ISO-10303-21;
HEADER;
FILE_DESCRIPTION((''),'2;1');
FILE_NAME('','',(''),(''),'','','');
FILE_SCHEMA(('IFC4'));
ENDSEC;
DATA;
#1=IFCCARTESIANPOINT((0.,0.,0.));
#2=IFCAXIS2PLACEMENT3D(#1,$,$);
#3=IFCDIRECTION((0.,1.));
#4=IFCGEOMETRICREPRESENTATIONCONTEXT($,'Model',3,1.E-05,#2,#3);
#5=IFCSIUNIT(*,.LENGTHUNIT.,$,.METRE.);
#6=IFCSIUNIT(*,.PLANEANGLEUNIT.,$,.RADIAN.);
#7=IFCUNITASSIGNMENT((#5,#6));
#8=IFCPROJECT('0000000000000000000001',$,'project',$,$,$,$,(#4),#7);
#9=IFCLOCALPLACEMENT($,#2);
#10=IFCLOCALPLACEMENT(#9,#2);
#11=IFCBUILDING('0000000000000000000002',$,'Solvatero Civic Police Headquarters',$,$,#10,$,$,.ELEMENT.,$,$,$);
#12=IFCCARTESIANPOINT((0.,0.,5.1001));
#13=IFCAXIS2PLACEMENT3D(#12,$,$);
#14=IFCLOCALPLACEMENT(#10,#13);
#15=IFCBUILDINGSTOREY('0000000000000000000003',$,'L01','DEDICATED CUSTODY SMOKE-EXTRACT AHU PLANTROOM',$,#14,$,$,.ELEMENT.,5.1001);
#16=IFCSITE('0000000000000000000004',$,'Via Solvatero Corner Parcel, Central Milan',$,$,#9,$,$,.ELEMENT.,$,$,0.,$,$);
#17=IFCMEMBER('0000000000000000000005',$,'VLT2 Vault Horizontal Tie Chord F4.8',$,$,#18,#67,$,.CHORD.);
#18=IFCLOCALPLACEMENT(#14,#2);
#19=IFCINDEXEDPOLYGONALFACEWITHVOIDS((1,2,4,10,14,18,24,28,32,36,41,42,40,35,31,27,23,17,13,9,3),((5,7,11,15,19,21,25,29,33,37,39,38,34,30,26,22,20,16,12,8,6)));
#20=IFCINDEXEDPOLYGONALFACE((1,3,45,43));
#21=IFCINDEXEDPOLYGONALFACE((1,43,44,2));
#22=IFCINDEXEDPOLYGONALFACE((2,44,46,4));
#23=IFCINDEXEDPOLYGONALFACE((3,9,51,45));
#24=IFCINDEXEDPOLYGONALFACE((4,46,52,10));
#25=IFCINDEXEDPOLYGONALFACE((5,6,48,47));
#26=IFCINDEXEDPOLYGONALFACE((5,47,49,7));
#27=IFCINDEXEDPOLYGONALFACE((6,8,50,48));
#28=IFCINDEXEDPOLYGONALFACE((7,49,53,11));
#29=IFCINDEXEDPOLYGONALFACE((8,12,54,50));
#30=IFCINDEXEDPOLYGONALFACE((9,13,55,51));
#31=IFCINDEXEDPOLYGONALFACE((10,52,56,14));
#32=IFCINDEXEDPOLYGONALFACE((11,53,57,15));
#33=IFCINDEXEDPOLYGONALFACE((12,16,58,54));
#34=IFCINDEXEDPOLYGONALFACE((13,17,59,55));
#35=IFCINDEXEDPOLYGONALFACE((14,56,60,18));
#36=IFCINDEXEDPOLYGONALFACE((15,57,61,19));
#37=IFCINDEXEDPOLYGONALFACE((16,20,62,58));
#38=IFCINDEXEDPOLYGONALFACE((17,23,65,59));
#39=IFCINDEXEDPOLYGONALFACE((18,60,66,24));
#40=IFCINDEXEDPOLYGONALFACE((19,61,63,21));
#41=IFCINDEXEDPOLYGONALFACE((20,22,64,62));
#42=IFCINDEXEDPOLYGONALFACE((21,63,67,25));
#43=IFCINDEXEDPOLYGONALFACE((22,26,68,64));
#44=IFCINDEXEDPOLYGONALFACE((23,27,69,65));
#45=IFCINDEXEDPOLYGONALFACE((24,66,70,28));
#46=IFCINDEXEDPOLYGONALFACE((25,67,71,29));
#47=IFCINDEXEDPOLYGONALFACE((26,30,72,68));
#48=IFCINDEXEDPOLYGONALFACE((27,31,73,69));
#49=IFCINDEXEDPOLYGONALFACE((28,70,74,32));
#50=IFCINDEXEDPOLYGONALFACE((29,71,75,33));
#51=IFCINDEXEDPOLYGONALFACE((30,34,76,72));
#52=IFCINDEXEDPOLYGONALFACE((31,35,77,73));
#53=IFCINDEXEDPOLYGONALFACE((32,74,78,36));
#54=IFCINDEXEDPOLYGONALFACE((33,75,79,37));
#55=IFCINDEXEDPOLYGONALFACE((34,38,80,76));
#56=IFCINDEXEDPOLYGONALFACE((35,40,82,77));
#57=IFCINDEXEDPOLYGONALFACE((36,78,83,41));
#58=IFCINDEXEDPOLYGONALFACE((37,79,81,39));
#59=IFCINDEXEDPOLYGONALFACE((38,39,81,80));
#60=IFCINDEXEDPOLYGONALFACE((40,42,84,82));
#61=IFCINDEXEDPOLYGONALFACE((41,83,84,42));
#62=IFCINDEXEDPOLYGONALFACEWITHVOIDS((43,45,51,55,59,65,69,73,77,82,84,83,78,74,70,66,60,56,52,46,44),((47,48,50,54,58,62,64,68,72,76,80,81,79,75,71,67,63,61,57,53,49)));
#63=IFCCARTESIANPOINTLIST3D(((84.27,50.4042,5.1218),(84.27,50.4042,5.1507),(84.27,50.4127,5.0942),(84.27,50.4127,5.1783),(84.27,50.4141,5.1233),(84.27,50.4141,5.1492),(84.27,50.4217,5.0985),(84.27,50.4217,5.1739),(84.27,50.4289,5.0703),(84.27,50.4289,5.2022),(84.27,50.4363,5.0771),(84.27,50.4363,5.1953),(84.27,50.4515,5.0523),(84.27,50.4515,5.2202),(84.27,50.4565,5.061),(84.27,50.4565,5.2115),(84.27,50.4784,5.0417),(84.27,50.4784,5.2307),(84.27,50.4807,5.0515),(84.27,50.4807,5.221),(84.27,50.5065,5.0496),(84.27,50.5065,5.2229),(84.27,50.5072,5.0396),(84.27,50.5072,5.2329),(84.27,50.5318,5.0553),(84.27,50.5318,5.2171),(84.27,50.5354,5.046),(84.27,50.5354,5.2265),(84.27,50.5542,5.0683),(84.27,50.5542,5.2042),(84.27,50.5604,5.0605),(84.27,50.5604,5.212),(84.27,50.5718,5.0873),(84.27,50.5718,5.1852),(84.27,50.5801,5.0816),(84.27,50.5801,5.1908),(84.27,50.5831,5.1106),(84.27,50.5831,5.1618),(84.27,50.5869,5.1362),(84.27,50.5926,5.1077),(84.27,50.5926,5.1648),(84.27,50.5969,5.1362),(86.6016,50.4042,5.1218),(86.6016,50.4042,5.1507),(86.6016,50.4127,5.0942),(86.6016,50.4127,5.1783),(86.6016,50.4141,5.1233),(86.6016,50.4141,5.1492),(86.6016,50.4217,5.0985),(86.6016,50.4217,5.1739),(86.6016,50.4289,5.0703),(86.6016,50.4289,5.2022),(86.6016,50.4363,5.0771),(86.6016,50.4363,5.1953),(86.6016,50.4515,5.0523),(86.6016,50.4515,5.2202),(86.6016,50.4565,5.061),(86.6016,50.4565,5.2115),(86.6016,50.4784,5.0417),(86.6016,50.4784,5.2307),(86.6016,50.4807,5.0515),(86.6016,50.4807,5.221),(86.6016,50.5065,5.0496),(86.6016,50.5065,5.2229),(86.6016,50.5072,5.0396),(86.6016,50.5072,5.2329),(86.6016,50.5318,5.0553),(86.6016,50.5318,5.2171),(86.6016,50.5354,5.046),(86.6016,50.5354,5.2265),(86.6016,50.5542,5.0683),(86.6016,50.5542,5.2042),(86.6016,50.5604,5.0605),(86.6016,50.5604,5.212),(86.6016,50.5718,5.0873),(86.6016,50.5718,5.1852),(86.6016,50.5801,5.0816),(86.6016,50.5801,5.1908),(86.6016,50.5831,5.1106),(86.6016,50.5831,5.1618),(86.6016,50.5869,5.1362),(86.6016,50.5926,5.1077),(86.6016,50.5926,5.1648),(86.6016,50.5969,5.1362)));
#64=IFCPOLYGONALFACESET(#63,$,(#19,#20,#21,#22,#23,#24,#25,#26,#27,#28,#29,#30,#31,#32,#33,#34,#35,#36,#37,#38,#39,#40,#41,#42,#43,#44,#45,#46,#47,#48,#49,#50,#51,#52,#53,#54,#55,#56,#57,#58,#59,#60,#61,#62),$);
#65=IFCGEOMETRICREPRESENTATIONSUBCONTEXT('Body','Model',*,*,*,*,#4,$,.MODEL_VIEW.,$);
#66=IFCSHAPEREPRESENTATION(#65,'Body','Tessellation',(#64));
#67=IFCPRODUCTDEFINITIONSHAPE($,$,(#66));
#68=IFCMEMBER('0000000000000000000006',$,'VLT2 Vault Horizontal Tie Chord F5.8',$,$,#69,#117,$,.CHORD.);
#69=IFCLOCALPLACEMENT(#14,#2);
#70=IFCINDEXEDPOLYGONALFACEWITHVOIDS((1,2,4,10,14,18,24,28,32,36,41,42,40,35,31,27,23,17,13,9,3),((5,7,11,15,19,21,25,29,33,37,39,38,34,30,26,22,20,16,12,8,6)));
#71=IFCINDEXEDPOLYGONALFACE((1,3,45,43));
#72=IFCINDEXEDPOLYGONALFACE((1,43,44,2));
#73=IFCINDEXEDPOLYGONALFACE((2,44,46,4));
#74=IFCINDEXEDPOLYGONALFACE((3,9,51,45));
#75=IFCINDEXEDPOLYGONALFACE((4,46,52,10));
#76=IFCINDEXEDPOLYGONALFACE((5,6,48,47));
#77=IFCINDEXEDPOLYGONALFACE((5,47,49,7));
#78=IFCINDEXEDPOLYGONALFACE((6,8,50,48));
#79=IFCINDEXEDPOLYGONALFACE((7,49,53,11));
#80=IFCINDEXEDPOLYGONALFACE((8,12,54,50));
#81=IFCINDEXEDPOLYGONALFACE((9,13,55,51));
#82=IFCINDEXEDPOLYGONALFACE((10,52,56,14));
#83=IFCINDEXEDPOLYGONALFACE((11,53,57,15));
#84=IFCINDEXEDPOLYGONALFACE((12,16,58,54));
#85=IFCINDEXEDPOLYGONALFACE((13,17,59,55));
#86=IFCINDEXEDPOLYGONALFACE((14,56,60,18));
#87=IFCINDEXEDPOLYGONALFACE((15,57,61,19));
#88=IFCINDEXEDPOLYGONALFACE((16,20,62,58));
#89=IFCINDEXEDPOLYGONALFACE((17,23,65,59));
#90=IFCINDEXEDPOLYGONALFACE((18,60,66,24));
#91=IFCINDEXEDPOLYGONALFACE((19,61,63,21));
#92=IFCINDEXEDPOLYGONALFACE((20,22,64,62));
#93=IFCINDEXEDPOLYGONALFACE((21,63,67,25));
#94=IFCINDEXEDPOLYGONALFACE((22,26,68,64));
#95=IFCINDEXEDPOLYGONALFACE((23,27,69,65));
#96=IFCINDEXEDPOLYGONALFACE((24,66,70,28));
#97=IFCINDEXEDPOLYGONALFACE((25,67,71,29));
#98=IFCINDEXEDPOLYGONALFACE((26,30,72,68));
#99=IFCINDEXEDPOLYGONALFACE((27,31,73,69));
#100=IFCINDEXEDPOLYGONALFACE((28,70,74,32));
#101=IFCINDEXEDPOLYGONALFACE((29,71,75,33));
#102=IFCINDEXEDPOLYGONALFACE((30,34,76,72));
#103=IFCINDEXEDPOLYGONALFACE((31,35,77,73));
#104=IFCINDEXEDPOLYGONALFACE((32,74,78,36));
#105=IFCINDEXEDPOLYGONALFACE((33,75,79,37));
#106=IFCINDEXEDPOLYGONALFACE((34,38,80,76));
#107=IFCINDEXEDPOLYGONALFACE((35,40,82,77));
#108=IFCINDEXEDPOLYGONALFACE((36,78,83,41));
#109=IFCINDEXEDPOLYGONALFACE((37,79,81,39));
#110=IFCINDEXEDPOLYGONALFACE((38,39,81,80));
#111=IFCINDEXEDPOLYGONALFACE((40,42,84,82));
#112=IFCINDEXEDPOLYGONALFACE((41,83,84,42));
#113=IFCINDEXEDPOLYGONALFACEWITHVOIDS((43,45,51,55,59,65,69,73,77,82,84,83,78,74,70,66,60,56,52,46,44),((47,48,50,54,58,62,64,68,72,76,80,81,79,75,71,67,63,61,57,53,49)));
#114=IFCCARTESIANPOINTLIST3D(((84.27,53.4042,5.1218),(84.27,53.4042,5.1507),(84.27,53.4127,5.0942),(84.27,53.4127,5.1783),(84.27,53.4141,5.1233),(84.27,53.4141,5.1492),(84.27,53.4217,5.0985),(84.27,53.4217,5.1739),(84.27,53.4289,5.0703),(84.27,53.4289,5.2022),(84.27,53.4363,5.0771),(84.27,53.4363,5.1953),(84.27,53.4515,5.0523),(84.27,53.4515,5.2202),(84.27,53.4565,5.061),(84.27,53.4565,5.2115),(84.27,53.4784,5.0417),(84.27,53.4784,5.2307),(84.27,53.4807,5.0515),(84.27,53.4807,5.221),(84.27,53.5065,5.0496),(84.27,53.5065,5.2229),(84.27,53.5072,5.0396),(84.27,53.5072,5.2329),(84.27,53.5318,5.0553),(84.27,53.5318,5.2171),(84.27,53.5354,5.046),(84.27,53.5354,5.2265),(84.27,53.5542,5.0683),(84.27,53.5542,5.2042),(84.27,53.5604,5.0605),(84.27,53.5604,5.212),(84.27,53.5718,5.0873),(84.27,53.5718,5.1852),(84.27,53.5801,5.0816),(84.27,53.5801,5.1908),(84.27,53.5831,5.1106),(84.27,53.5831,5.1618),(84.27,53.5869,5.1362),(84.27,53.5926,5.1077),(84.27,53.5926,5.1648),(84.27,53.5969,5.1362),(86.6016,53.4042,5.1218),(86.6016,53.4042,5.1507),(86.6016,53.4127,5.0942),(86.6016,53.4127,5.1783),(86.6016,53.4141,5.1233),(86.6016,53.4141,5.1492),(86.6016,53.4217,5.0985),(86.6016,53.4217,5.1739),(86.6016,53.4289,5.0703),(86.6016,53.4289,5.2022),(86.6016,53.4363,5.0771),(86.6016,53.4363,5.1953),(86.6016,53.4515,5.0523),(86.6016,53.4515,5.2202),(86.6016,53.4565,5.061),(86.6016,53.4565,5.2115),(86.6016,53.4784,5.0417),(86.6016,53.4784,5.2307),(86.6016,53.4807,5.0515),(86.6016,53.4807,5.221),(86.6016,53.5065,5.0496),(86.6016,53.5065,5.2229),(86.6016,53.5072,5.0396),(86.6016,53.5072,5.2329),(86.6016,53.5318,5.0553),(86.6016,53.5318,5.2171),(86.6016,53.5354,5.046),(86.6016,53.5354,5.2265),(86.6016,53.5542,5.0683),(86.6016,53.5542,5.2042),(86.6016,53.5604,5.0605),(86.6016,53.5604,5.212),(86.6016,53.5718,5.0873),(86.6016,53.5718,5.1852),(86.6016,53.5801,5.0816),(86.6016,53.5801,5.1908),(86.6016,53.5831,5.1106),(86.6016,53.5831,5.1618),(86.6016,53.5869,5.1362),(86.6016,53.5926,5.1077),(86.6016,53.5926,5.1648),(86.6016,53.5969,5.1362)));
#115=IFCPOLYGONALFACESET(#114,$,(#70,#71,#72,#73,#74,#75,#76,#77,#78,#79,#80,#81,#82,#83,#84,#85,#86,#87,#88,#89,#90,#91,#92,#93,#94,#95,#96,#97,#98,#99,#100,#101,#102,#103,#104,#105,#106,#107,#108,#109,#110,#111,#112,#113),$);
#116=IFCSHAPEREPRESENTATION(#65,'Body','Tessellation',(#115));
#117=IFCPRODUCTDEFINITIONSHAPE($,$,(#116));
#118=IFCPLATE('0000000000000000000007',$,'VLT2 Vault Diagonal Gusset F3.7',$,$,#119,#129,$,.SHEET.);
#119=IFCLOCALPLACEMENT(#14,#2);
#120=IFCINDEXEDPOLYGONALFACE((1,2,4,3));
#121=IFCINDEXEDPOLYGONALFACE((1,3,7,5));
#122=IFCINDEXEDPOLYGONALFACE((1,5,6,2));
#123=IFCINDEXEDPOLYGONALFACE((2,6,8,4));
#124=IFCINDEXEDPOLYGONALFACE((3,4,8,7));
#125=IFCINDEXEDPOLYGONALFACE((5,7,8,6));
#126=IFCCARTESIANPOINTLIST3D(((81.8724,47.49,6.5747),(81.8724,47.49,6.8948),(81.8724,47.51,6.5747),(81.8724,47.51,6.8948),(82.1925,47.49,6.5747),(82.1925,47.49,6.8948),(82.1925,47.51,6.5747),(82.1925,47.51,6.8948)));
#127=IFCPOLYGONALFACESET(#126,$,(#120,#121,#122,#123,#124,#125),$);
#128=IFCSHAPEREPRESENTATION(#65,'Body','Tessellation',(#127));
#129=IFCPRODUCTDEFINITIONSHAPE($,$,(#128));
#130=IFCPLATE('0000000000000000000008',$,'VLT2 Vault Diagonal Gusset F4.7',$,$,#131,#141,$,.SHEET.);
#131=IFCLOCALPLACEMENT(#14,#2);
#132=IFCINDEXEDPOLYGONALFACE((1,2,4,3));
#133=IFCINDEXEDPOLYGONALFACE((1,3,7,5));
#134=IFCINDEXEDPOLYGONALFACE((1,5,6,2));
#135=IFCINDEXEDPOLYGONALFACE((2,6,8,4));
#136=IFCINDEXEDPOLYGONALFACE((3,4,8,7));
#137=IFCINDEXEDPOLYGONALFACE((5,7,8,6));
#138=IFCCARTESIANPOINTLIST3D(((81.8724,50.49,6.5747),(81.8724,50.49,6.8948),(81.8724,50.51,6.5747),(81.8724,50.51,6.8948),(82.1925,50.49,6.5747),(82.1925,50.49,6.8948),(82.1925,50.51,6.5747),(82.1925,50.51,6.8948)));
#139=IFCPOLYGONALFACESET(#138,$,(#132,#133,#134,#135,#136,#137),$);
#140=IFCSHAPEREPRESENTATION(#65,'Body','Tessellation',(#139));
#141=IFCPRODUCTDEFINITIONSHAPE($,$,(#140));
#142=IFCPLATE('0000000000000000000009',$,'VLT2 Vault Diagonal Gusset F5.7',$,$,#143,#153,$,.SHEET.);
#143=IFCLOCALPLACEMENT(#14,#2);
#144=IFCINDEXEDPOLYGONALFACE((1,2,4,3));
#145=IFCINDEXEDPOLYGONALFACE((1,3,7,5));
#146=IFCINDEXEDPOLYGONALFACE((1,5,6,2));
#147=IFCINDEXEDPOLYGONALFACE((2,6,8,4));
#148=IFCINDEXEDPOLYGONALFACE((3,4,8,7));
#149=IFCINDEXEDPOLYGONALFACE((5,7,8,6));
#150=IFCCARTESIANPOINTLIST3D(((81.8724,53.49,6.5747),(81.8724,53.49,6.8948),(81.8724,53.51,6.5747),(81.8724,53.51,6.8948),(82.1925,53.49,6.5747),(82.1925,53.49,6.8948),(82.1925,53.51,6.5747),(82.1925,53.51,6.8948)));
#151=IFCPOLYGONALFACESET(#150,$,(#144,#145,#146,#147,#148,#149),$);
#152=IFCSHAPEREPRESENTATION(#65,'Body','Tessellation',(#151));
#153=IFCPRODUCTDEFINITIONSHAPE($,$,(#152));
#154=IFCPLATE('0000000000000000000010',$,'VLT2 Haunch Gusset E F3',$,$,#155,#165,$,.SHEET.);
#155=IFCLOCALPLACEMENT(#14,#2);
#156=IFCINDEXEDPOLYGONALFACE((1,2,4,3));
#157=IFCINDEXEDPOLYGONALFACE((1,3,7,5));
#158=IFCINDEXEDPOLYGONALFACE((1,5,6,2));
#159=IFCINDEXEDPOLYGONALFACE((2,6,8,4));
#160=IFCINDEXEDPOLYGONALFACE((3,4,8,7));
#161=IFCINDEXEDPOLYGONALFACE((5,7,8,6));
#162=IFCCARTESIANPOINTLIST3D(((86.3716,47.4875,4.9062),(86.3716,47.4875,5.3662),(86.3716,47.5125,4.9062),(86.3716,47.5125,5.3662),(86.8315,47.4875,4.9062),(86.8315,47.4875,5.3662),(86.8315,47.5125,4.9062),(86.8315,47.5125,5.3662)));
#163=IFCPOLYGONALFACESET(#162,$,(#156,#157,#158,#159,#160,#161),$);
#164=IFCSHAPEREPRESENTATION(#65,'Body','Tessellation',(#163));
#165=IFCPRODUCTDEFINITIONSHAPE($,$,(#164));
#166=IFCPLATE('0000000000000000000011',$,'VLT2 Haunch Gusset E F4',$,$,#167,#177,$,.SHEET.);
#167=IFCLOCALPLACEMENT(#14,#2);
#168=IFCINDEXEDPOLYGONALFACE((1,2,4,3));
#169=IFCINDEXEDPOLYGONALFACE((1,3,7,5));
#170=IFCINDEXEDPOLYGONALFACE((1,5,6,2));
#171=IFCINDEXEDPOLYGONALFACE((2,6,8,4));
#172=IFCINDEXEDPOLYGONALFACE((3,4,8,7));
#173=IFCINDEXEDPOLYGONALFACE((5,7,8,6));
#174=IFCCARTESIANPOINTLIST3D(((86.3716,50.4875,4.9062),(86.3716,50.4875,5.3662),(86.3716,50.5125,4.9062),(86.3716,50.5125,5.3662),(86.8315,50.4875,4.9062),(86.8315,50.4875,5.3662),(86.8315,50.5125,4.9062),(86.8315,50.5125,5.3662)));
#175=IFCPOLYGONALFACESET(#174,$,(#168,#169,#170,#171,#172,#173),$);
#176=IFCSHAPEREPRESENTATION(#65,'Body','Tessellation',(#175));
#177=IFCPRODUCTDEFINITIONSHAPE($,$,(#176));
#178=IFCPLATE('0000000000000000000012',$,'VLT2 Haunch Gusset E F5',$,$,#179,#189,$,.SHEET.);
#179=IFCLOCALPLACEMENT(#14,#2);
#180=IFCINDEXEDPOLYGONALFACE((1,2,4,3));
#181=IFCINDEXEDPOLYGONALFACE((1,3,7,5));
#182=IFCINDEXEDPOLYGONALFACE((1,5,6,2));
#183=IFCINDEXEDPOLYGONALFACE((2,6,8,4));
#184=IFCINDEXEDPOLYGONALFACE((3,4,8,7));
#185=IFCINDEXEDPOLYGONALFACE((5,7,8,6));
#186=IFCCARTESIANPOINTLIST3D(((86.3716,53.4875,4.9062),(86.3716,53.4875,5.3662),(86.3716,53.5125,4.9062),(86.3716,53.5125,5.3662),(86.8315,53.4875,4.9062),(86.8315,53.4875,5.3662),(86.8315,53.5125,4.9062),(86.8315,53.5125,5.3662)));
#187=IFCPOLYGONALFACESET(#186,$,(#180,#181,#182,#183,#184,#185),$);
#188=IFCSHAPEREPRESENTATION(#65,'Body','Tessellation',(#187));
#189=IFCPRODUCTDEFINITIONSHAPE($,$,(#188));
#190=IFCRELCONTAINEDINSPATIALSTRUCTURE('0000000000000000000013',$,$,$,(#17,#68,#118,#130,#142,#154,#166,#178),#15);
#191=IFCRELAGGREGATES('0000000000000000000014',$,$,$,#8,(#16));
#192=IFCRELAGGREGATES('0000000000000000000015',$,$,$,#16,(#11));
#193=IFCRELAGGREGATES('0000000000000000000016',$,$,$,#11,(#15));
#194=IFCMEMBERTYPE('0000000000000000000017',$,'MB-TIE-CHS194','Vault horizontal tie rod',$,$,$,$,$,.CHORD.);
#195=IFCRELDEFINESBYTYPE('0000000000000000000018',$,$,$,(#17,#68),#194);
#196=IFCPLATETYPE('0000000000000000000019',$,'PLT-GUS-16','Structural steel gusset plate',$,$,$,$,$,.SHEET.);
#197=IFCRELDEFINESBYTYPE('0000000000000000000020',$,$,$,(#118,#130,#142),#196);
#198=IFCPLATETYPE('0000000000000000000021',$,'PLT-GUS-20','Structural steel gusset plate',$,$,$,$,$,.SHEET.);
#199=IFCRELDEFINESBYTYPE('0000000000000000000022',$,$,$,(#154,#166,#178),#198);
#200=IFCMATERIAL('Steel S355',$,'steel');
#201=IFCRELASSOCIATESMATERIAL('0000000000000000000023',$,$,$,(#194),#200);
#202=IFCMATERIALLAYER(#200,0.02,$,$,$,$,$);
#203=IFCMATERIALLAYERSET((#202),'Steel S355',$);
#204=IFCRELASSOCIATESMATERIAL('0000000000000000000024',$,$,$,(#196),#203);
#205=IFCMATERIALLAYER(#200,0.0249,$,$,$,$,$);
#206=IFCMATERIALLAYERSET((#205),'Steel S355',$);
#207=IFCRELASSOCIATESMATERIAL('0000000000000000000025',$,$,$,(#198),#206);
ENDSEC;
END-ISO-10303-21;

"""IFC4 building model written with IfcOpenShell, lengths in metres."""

from ifc_helpers import new_model, si_unit, direction, frame, origin, origin_2d, place, context, subcontext, project, spatial, rectangle, hollow_circle, extrude, material, layer, layer_set, material_profile, profile_set, type_object, element, save


model = new_model("IFC4")

# Units and contexts
model_context = context("Model", 3, precision=1e-05, world=origin(), true_north=direction((0.0, 1.0)))
body_context = subcontext(model_context, "Body", "Model", "MODEL_VIEW")
ifc_project = project(units=[si_unit("LENGTHUNIT", "METRE"), si_unit("PLANEANGLEUNIT", "RADIAN")], contexts=[model_context])

# Site, building, storey
site_placement = place(None, origin())
site = spatial("IfcSite", under=ifc_project, at=site_placement, Name="Via Solvatero Corner Parcel, Central Milan", CompositionType="ELEMENT", RefElevation=0.0)
building_placement = place(site_placement, origin())
building = spatial("IfcBuilding", under=site, at=building_placement, Name="Solvatero Civic Police Headquarters", CompositionType="ELEMENT")
storey_placement = place(building_placement, frame((0.0, 0.0, 5.1001)))
storey = spatial("IfcBuildingStorey", under=building, at=storey_placement, Name="L01", Description="DEDICATED CUSTODY SMOKE-EXTRACT AHU PLANTROOM", CompositionType="ELEMENT", Elevation=5.1001)

# Shared definitions
ifc_material = material(Name="Steel S355", Category="steel")

# Members
ifc_material_profile_1 = material_profile(ifc_material, hollow_circle(Radius=0.0969, WallThickness=0.01, at=origin_2d()), Name="CHS 193.7x10.0")
ifc_profile_set_1 = profile_set([ifc_material_profile_1], Name="Steel S355")
member_type_1 = type_object("IfcMemberType", Name="MB-TIE-CHS194", Description="Vault horizontal tie rod", PredefinedType="CHORD", material=ifc_profile_set_1)
for number, where, z_axis, x_axis, name in (
    (1, (84.27, 50.5, 5.1362), (1.0, 0.0, 0.0), (0.0, 1.0, 0.0), "VLT2 Vault Horizontal Tie Chord F4.8"),
    (2, (84.27, 53.5, 5.1362), (1.0, 0.0, 0.0), (0.0, 1.0, 0.0), "VLT2 Vault Horizontal Tie Chord F5.8"),
):
    element("IfcMember", number, at=place(storey_placement, frame(where, z_axis=z_axis, x_axis=x_axis)), inside=storey, type_object=member_type_1, Name=name, PredefinedType="CHORD", context=body_context, shape_type="SweptSolid", body=[
        extrude(hollow_circle(Radius=0.0969, WallThickness=0.01, at=origin_2d()), origin(), (0.0, 0.0, 1.0), 2.3315),
    ])

# Plates
ifc_layer_1 = layer(ifc_material, 0.02)
ifc_layer_set_1 = layer_set([ifc_layer_1], Name="Steel S355")
plate_type_1 = type_object("IfcPlateType", Name="PLT-GUS-16", Description="Structural steel gusset plate", PredefinedType="SHEET", material=ifc_layer_set_1)
for number, where, z_axis, x_axis, name in (
    (3, (82.0325, 47.5, 6.5747), (0.0, 0.0, 1.0), (1.0, 0.0, 0.0), "VLT2 Vault Diagonal Gusset F3.7"),
    (4, (82.0325, 50.5, 6.5747), (0.0, 0.0, 1.0), (1.0, 0.0, 0.0), "VLT2 Vault Diagonal Gusset F4.7"),
    (5, (82.0325, 53.5, 6.5747), (0.0, 0.0, 1.0), (1.0, 0.0, 0.0), "VLT2 Vault Diagonal Gusset F5.7"),
):
    element("IfcPlate", number, at=place(storey_placement, frame(where, z_axis=z_axis, x_axis=x_axis)), inside=storey, type_object=plate_type_1, Name=name, PredefinedType="SHEET", context=body_context, shape_type="SweptSolid", body=[
        extrude(rectangle(XDim=0.3201, YDim=0.02, at=origin_2d()), origin(), (0.0, 0.0, 1.0), 0.3201),
    ])
ifc_layer_2 = layer(ifc_material, 0.0249)
ifc_layer_set_2 = layer_set([ifc_layer_2], Name="Steel S355")
plate_type_2 = type_object("IfcPlateType", Name="PLT-GUS-20", Description="Structural steel gusset plate", PredefinedType="SHEET", material=ifc_layer_set_2)
for number, where, z_axis, x_axis, name in (
    (6, (86.6016, 47.5, 4.9062), (0.0, 0.0, 1.0), (1.0, 0.0, 0.0), "VLT2 Haunch Gusset E F3"),
    (7, (86.6016, 50.5, 4.9062), (0.0, 0.0, 1.0), (1.0, 0.0, 0.0), "VLT2 Haunch Gusset E F4"),
    (8, (86.6016, 53.5, 4.9062), (0.0, 0.0, 1.0), (1.0, 0.0, 0.0), "VLT2 Haunch Gusset E F5"),
):
    element("IfcPlate", number, at=place(storey_placement, frame(where, z_axis=z_axis, x_axis=x_axis)), inside=storey, type_object=plate_type_2, Name=name, PredefinedType="SHEET", context=body_context, shape_type="SweptSolid", body=[
        extrude(rectangle(XDim=0.46, YDim=0.0249, at=origin_2d()), origin(), (0.0, 0.0, 1.0), 0.46),
    ])

save(model, "model.ifc")
